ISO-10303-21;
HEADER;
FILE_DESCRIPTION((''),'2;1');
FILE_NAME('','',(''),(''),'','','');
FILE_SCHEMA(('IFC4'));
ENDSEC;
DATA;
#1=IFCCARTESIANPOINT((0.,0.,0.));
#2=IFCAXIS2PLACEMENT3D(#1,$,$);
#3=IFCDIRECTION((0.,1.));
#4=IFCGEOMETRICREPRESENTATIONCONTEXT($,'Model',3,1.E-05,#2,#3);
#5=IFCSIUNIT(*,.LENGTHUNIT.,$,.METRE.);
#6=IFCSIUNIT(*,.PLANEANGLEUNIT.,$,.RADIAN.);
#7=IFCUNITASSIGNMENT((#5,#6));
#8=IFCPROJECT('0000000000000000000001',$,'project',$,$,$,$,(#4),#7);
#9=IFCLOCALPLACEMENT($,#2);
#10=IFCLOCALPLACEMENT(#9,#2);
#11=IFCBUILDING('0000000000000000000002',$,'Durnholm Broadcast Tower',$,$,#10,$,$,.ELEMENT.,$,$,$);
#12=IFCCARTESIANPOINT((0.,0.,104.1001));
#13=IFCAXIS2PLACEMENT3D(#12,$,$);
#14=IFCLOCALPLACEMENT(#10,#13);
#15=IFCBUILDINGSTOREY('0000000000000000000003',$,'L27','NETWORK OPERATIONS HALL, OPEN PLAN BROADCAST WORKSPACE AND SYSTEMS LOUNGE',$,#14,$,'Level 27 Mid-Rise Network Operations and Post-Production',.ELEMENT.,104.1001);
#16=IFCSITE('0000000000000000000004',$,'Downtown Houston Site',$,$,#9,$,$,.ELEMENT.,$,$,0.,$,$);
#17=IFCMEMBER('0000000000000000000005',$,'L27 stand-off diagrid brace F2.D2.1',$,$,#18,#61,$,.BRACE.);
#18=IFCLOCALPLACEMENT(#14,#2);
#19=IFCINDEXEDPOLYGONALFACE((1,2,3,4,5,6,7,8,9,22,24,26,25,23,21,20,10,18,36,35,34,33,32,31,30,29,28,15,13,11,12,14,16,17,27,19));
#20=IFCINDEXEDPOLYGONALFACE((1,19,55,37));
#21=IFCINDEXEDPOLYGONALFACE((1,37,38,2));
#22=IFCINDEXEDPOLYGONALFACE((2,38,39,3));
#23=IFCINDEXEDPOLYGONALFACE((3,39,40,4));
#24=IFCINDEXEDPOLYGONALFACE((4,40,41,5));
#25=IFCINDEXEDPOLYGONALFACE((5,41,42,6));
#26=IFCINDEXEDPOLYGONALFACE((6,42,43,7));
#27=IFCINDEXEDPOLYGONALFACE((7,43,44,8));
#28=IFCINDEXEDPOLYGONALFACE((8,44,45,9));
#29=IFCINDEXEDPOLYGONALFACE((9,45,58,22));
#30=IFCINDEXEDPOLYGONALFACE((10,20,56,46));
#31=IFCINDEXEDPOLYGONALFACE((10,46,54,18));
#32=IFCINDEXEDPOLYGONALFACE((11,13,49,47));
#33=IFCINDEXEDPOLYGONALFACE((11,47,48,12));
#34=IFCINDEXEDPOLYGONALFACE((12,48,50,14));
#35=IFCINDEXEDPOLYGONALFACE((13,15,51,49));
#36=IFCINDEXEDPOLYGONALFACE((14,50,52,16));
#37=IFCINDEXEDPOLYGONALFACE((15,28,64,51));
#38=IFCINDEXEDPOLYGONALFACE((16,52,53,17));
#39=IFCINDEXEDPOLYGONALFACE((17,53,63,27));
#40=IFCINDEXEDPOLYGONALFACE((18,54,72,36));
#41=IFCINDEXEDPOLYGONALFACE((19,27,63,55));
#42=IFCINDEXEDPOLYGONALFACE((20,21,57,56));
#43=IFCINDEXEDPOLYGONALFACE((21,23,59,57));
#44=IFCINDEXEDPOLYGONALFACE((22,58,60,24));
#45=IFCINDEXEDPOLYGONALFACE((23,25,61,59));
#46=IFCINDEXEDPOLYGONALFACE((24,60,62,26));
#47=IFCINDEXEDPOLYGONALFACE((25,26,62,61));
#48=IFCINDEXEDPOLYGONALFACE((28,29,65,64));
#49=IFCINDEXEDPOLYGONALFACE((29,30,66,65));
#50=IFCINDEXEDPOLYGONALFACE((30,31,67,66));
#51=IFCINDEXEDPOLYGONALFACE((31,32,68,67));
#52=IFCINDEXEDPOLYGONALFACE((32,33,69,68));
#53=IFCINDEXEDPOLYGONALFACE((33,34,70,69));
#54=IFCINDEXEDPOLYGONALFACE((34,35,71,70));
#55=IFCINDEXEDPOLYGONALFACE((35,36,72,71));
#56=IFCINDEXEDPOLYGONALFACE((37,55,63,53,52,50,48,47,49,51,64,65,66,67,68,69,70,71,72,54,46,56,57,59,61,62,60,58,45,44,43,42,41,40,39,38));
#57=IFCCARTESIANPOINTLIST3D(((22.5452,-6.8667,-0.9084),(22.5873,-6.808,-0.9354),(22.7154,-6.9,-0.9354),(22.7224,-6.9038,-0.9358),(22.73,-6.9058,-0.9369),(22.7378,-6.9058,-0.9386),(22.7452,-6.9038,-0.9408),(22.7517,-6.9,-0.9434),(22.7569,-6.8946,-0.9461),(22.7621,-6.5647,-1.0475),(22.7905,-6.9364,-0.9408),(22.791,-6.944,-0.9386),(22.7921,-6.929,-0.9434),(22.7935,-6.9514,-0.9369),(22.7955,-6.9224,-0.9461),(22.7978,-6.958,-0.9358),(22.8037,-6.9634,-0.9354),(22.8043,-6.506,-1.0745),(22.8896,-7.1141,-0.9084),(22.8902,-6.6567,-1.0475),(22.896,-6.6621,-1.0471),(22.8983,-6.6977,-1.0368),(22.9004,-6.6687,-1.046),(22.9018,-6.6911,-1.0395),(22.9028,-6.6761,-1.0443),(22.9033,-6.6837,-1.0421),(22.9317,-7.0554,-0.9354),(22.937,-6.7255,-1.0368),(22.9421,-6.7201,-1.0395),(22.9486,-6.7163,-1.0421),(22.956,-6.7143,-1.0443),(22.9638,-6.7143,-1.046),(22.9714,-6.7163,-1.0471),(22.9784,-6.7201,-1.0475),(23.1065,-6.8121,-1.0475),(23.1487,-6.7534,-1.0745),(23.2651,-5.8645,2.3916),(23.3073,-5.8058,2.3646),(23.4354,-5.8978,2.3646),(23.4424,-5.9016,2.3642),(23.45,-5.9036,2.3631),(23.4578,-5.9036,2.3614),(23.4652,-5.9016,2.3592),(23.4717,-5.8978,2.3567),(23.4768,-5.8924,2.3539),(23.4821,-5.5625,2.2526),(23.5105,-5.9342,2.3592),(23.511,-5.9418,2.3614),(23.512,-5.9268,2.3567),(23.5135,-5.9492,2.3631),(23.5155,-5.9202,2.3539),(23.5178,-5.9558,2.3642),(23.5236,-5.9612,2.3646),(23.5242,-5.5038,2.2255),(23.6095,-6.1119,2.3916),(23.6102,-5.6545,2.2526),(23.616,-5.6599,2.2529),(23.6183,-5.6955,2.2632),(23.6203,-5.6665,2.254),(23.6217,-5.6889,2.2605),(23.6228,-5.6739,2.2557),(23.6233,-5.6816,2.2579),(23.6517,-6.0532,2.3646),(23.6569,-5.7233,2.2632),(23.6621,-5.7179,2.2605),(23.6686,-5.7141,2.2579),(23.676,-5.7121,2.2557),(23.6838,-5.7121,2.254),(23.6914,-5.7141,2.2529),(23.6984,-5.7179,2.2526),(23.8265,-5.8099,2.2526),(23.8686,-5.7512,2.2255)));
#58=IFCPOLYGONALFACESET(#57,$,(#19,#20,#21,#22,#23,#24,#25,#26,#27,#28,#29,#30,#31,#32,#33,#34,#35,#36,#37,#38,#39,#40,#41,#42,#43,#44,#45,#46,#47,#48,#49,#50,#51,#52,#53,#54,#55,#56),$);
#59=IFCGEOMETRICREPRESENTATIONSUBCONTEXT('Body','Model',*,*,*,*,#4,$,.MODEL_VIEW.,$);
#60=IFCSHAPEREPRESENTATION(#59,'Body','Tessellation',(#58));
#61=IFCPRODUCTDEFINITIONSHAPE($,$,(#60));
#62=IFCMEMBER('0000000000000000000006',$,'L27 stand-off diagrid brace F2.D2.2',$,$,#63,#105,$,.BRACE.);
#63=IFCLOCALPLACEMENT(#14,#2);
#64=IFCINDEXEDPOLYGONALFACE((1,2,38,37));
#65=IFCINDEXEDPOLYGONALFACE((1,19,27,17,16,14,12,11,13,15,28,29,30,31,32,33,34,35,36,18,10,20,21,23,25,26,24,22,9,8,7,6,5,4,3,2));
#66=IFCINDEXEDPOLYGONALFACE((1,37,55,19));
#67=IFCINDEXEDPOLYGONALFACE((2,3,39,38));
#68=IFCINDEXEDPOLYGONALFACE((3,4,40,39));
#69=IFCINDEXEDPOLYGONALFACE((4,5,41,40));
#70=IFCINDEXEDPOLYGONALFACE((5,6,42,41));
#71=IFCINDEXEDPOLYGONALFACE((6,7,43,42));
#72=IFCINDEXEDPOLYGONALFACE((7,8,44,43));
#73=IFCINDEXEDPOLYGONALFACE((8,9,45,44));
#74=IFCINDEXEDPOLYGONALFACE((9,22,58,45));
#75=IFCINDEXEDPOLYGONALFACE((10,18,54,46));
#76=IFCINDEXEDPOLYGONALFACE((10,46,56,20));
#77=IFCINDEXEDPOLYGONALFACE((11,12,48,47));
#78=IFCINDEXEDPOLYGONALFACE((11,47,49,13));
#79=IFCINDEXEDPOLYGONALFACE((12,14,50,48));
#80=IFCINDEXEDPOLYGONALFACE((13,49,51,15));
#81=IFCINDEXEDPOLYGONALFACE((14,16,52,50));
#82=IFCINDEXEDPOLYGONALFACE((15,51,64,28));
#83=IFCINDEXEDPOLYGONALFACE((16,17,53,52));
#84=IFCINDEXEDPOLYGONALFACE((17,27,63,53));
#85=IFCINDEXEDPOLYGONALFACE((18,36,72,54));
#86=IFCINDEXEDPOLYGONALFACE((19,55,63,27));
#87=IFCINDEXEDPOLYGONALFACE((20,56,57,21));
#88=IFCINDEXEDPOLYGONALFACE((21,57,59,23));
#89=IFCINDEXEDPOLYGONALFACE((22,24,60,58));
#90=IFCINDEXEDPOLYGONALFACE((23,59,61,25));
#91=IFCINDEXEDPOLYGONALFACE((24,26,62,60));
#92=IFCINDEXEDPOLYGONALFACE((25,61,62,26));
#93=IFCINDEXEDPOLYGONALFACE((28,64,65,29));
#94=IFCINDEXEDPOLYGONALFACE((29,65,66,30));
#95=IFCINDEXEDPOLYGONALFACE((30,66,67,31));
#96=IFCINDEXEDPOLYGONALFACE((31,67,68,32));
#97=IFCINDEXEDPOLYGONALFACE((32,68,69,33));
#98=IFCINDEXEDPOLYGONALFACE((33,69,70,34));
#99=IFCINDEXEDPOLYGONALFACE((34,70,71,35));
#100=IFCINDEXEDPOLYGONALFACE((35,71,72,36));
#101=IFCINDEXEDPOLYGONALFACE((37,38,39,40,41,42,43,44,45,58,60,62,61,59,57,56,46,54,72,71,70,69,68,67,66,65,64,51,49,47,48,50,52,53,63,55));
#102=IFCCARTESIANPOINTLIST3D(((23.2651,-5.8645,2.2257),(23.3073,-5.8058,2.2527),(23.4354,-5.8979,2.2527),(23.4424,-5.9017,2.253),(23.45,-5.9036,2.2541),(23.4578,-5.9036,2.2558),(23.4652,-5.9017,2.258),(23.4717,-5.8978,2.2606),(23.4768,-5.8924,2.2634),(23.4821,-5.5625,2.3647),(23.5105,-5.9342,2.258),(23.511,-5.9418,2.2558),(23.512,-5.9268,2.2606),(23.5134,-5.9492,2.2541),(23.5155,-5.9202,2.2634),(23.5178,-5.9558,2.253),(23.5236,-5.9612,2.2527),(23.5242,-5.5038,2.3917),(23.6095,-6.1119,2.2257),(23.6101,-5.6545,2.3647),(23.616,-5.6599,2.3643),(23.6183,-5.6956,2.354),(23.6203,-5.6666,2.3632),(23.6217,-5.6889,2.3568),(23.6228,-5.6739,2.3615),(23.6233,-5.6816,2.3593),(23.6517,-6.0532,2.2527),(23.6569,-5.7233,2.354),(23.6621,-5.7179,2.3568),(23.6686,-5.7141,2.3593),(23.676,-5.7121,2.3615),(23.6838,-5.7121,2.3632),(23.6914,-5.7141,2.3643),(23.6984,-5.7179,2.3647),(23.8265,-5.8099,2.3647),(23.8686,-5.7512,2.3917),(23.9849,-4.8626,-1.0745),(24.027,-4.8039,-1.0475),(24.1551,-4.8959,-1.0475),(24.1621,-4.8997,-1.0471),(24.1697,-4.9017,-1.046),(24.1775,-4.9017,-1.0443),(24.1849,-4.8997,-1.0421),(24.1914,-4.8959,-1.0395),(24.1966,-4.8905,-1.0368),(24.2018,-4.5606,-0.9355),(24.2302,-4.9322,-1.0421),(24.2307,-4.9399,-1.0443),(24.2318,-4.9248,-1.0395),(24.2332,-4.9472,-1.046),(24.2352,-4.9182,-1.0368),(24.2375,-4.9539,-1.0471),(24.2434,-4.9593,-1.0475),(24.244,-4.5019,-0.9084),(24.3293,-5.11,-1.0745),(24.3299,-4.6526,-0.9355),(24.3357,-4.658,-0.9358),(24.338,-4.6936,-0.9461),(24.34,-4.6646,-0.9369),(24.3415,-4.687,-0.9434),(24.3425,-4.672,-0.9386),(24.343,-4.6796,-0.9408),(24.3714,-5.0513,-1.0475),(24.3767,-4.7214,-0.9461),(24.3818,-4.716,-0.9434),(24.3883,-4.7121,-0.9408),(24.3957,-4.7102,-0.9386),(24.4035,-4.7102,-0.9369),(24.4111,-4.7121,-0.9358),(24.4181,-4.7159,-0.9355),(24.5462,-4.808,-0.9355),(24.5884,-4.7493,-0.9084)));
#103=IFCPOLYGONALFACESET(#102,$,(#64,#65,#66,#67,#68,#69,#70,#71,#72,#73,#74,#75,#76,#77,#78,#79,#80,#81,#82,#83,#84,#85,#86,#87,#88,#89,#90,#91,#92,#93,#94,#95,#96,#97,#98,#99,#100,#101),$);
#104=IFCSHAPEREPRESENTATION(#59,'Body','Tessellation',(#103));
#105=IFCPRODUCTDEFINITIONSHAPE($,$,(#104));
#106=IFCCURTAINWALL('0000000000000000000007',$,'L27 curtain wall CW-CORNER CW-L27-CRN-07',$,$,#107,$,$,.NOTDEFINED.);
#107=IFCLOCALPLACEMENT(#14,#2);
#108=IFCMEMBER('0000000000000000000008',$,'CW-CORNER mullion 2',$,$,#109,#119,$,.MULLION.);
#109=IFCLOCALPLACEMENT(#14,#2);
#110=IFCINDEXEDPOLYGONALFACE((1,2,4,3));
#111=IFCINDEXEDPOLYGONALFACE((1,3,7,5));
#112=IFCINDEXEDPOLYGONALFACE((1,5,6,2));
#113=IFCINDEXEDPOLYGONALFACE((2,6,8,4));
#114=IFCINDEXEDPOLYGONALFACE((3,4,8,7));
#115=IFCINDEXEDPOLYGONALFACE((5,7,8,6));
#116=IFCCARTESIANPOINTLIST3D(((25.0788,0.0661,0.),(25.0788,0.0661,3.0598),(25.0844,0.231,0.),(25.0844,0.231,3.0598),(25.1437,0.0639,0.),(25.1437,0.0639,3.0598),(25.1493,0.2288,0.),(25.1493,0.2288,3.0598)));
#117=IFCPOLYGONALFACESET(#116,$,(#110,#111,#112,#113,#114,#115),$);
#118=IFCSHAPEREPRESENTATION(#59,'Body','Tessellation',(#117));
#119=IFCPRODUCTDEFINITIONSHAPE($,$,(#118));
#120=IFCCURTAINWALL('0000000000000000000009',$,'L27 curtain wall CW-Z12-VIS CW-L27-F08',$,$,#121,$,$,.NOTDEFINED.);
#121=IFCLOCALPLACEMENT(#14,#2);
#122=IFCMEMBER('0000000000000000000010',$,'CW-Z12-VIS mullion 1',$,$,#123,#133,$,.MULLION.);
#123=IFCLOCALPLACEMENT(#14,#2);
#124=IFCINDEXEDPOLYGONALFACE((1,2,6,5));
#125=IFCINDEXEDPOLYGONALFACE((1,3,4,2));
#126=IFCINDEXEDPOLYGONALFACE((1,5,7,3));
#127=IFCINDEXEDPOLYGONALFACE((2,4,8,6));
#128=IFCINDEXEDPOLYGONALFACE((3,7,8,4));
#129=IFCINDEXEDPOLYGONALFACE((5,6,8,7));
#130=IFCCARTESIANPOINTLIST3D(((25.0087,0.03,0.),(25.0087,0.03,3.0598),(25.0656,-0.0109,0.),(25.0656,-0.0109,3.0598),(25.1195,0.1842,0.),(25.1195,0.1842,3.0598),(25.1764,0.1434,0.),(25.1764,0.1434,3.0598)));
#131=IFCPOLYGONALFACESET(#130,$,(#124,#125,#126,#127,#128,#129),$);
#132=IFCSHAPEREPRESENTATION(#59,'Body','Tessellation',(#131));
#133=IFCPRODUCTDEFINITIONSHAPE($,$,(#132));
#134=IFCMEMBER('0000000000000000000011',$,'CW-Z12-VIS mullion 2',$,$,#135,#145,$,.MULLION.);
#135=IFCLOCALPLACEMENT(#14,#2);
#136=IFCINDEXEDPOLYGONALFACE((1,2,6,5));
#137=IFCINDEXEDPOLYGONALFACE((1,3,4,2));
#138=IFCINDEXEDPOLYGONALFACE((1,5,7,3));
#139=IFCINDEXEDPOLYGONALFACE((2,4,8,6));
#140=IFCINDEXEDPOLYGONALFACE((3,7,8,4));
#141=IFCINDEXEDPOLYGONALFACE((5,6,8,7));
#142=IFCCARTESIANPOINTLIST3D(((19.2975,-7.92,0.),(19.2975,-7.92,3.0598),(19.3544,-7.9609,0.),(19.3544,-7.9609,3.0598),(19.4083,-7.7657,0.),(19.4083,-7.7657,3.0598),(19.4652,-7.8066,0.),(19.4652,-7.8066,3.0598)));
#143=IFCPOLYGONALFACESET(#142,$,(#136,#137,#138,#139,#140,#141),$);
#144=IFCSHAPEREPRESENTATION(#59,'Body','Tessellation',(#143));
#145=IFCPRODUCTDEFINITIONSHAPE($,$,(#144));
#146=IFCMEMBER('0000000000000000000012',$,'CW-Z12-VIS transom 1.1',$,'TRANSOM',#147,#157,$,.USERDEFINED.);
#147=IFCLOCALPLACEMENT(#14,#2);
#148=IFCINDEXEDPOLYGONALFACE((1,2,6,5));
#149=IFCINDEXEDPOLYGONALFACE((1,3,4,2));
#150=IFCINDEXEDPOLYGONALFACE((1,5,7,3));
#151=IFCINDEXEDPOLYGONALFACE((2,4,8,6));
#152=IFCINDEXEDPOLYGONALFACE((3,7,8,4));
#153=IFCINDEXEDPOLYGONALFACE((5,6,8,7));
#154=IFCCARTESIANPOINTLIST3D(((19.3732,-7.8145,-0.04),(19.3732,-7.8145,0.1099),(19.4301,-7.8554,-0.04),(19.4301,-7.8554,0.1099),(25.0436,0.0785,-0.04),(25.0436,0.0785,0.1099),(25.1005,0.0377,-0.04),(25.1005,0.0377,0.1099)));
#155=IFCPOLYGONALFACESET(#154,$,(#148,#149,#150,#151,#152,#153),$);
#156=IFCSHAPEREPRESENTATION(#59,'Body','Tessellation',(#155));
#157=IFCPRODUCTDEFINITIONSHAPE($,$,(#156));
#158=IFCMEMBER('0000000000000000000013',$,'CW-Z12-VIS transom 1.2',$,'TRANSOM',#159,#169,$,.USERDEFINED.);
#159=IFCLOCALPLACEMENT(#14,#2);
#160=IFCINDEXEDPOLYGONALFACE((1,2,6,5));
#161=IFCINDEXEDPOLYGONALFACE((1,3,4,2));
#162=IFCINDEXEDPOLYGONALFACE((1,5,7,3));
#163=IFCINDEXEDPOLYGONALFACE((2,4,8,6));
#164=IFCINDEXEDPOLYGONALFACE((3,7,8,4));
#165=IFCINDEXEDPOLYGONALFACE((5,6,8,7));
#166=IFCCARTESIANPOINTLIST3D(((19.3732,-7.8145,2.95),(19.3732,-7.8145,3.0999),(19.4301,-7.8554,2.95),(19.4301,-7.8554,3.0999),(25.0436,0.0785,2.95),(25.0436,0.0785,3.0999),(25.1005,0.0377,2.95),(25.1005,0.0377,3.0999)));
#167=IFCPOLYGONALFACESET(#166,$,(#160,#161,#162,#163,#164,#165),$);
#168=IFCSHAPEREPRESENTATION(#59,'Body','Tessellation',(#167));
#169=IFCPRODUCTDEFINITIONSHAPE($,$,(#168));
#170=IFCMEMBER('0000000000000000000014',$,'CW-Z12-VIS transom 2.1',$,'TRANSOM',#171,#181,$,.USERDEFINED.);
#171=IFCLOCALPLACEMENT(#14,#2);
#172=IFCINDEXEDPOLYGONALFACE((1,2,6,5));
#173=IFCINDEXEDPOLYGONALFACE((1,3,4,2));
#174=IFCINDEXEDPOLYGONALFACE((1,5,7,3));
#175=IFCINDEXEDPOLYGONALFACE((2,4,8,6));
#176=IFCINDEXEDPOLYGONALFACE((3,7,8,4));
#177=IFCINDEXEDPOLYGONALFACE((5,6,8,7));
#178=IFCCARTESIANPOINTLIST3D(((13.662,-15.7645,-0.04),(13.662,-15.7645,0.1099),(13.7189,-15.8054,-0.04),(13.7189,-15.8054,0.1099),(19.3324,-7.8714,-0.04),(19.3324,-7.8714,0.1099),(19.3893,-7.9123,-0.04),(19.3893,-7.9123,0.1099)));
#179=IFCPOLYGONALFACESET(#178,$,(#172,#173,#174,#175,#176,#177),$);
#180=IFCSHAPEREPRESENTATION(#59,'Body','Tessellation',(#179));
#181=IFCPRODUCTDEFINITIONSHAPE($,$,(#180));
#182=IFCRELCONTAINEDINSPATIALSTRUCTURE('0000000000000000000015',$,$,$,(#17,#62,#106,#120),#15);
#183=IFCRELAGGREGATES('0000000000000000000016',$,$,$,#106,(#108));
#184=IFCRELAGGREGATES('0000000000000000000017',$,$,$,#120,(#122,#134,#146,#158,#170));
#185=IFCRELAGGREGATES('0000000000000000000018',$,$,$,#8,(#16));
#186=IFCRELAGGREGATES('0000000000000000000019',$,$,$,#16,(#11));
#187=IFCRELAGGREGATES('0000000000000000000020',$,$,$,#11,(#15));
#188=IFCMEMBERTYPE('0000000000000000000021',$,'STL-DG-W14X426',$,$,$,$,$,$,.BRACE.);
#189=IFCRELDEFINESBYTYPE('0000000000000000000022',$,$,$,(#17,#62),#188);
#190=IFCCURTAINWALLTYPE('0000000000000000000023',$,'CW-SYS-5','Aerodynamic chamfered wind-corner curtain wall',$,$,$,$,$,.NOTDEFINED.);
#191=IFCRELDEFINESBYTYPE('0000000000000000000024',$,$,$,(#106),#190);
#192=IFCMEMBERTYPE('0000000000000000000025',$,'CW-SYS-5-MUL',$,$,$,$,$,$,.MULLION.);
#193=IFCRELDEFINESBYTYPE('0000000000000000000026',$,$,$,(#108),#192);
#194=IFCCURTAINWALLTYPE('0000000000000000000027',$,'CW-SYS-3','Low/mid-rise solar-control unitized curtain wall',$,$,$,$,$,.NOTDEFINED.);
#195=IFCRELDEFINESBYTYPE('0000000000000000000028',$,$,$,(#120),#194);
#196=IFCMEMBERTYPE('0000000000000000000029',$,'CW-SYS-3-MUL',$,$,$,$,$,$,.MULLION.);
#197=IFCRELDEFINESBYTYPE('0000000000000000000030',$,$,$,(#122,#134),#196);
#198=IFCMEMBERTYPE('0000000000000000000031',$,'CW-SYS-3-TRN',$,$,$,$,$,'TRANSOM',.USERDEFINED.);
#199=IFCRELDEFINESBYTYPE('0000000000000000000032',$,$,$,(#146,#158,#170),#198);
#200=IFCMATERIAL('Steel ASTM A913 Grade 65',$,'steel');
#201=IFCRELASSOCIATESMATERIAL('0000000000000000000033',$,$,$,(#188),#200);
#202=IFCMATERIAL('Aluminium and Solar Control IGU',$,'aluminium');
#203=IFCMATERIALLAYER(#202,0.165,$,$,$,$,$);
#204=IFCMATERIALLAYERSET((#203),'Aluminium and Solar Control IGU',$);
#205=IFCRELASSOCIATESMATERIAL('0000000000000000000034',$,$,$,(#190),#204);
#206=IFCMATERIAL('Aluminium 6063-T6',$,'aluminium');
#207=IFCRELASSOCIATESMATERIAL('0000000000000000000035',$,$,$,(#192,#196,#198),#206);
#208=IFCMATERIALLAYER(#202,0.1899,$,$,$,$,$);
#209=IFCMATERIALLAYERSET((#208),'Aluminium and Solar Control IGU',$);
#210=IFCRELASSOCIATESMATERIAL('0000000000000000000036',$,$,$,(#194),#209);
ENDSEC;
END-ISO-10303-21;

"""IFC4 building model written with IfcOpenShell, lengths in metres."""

from ifc_helpers import new_model, si_unit, direction, frame, origin, origin_2d, place, context, subcontext, project, spatial, rectangle, i_section, extrude, source, transform, mapped, material, layer, layer_set, material_profile, profile_set, type_object, type_shapes, element, aggregate, save


model = new_model("IFC4")

# Units and contexts
model_context = context("Model", 3, precision=1e-05, world=origin(), true_north=direction((0.0, 1.0)))
body_context = subcontext(model_context, "Body", "Model", "MODEL_VIEW")
ifc_project = project(units=[si_unit("LENGTHUNIT", "METRE"), si_unit("PLANEANGLEUNIT", "RADIAN")], contexts=[model_context])

# Site, building, storey
site_placement = place(None, origin())
site = spatial("IfcSite", under=ifc_project, at=site_placement, Name="Downtown Houston Site", CompositionType="ELEMENT", RefElevation=0.0)
building_placement = place(site_placement, origin())
building = spatial("IfcBuilding", under=site, at=building_placement, Name="Durnholm Broadcast Tower", CompositionType="ELEMENT")
storey_placement = place(building_placement, frame((0.0, 0.0, 104.1001)))
storey = spatial("IfcBuildingStorey", under=building, at=storey_placement, Name="L27", Description="NETWORK OPERATIONS HALL, OPEN PLAN BROADCAST WORKSPACE AND SYSTEMS LOUNGE", LongName="Level 27 Mid-Rise Network Operations and Post-Production", CompositionType="ELEMENT", Elevation=104.1001)

# Members
ifc_material_1 = material(Name="Steel ASTM A913 Grade 65", Category="steel")
ifc_material_profile_1 = material_profile(ifc_material_1, i_section(OverallWidth=0.4241, OverallDepth=0.4741, WebThickness=0.0476, FlangeThickness=0.0771, FilletRadius=0.0305, at=origin_2d()), Name="W14X426")
ifc_profile_set_1 = profile_set([ifc_material_profile_1], Name="Steel ASTM A913 Grade 65")
member_type_1 = type_object("IfcMemberType", Name="STL-DG-W14X426", PredefinedType="BRACE", material=ifc_profile_set_1)
shared_shape_1 = source(origin(), body_context, "Body", "SweptSolid", [
    extrude(i_section(OverallWidth=0.4241, OverallDepth=0.4741, WebThickness=0.0476, FlangeThickness=0.0771, FilletRadius=0.0305, at=origin_2d()), origin(), (0.0, 0.0, 1.0), 3.5232),
])
type_shapes(member_type_1, [shared_shape_1])
for number, where, z_axis, x_axis, name in (
    (1, (22.8469, -6.8101, -0.9915), (0.20435, 0.284455, 0.936657), (-0.812153, 0.583444, 0.0), "L27 stand-off diagrid brace F2.D2.1"),
    (2, (24.2866, -4.8059, -0.9915), (-0.204288, -0.284395, 0.936689), (0.812179, -0.583408, 0.0), "L27 stand-off diagrid brace F2.D2.2"),
):
    element("IfcMember", number, at=place(storey_placement, frame(where, z_axis=z_axis, x_axis=x_axis)), inside=storey, type_object=member_type_1, Name=name, PredefinedType="BRACE", context=body_context, shape_type="MappedRepresentation", body=[
        mapped(shared_shape_1, transform((0.0, 0.0, 0.0), x_axis=(1.0, 0.0, 0.0), y_axis=(0.0, 1.0, 0.0), z_axis=(0.0, 0.0, 1.0), scale=1.0)),
    ])

# Curtain wall, member
ifc_material_2 = material(Name="Aluminium and Solar Control IGU", Category="aluminium")
ifc_layer_1 = layer(ifc_material_2, 0.165)
ifc_layer_set_1 = layer_set([ifc_layer_1], Name="Aluminium and Solar Control IGU")
curtain_wall_type_1 = type_object("IfcCurtainWallType", Name="CW-SYS-5", Description="Aerodynamic chamfered wind-corner curtain wall", PredefinedType="NOTDEFINED", material=ifc_layer_set_1)
curtain_wall_1_placement = place(storey_placement, origin())
curtain_wall_1 = element("IfcCurtainWall", 3, at=curtain_wall_1_placement, inside=storey, type_object=curtain_wall_type_1, Name="L27 curtain wall CW-CORNER CW-L27-CRN-07", PredefinedType="NOTDEFINED")
ifc_material_3 = material(Name="Aluminium 6063-T6", Category="aluminium")
ifc_material_profile_2 = material_profile(ifc_material_3, rectangle(XDim=0.0649, YDim=0.165, at=origin_2d()), Name="CWM65X165")
ifc_profile_set_2 = profile_set([ifc_material_profile_2], Name="Aluminium 6063-T6")
member_type_2 = type_object("IfcMemberType", Name="CW-SYS-5-MUL", PredefinedType="MULLION", material=ifc_profile_set_2)
shared_shape_2 = source(origin(), body_context, "Body", "SweptSolid", [
    extrude(rectangle(XDim=0.0649, YDim=0.165, at=origin_2d()), origin(), (0.0, 0.0, 1.0), 3.0598),
])
type_shapes(member_type_2, [shared_shape_2])
member_1_placement = place(storey_placement, frame((25.114, 0.1475, 0.0), z_axis=(0.0, 0.0, 1.0), x_axis=(0.999425, -0.033917, 0.0)))
member_1 = element("IfcMember", 4, at=member_1_placement, type_object=member_type_2, Name="CW-CORNER mullion 2", PredefinedType="MULLION", context=body_context, shape_type="MappedRepresentation", body=[
    mapped(shared_shape_2, transform((0.0, 0.0, 0.0), x_axis=(1.0, 0.0, 0.0), y_axis=(0.0, 1.0, 0.0), z_axis=(0.0, 0.0, 1.0), scale=1.0)),
])
aggregate(curtain_wall_1, [member_1])

# Curtain wall, members
ifc_layer_2 = layer(ifc_material_2, 0.1899)
ifc_layer_set_2 = layer_set([ifc_layer_2], Name="Aluminium and Solar Control IGU")
curtain_wall_type_2 = type_object("IfcCurtainWallType", Name="CW-SYS-3", Description="Low/mid-rise solar-control unitized curtain wall", PredefinedType="NOTDEFINED", material=ifc_layer_set_2)
curtain_wall_2_placement = place(storey_placement, origin())
curtain_wall_2 = element("IfcCurtainWall", 5, at=curtain_wall_2_placement, inside=storey, type_object=curtain_wall_type_2, Name="L27 curtain wall CW-Z12-VIS CW-L27-F08", PredefinedType="NOTDEFINED")
ifc_material_profile_3 = material_profile(ifc_material_3, rectangle(XDim=0.0701, YDim=0.1899, at=origin_2d()), Name="CWM70X190")
ifc_profile_set_3 = profile_set([ifc_material_profile_3], Name="Aluminium 6063-T6")
member_type_3 = type_object("IfcMemberType", Name="CW-SYS-3-MUL", PredefinedType="MULLION", material=ifc_profile_set_3)
shared_shape_3 = source(origin(), body_context, "Body", "SweptSolid", [
    extrude(rectangle(XDim=0.0701, YDim=0.1899, at=origin_2d()), origin(), (0.0, 0.0, 1.0), 3.0598),
])
type_shapes(member_type_3, [shared_shape_3])
member_2_placement = place(storey_placement, frame((25.0925, 0.0867, 0.0), z_axis=(0.0, 0.0, 1.0), x_axis=(0.812152, -0.583445, 0.0)))
member_2 = element("IfcMember", 6, at=member_2_placement, type_object=member_type_3, Name="CW-Z12-VIS mullion 1", PredefinedType="MULLION", context=body_context, shape_type="MappedRepresentation", body=[
    mapped(shared_shape_3, transform((0.0, 0.0, 0.0), x_axis=(1.0, 0.0, 0.0), y_axis=(0.0, 1.0, 0.0), z_axis=(0.0, 0.0, 1.0), scale=1.0)),
])
member_3_placement = place(storey_placement, frame((19.3813, -7.8633, 0.0), z_axis=(0.0, 0.0, 1.0), x_axis=(0.812152, -0.583445, 0.0)))
member_3 = element("IfcMember", 7, at=member_3_placement, type_object=member_type_3, Name="CW-Z12-VIS mullion 2", PredefinedType="MULLION", context=body_context, shape_type="MappedRepresentation", body=[
    mapped(shared_shape_3, transform((0.0, 0.0, 0.0), x_axis=(1.0, 0.0, 0.0), y_axis=(0.0, 1.0, 0.0), z_axis=(0.0, 0.0, 1.0), scale=1.0)),
])
ifc_material_profile_4 = material_profile(ifc_material_3, rectangle(XDim=0.0701, YDim=0.1499, at=origin_2d()), Name="CWT70X150")
ifc_profile_set_4 = profile_set([ifc_material_profile_4], Name="Aluminium 6063-T6")
member_type_4 = type_object("IfcMemberType", Name="CW-SYS-3-TRN", ElementType="TRANSOM", PredefinedType="USERDEFINED", material=ifc_profile_set_4)
shared_shape_4 = source(origin(), body_context, "Body", "SweptSolid", [
    extrude(rectangle(XDim=0.0701, YDim=0.1499, at=origin_2d()), origin(), (0.0, 0.0, 1.0), 9.7188),
])
type_shapes(member_type_4, [shared_shape_4])
member_4_placement = place(storey_placement, frame((25.072, 0.0581, 0.0349), z_axis=(-0.583451, -0.812149, 0.0), x_axis=(0.812149, -0.583451, 0.0)))
member_4 = element("IfcMember", 8, at=member_4_placement, type_object=member_type_4, Name="CW-Z12-VIS transom 1.1", ObjectType="TRANSOM", PredefinedType="USERDEFINED", context=body_context, shape_type="MappedRepresentation", body=[
    mapped(shared_shape_4, transform((0.0, 0.0, 0.0), x_axis=(1.0, 0.0, 0.0), y_axis=(0.0, 1.0, 0.0), z_axis=(0.0, 0.0, 1.0), scale=1.0)),
])
member_5_placement = place(storey_placement, frame((25.072, 0.0581, 3.0249), z_axis=(-0.583451, -0.812149, 0.0), x_axis=(0.812149, -0.583451, 0.0)))
member_5 = element("IfcMember", 9, at=member_5_placement, type_object=member_type_4, Name="CW-Z12-VIS transom 1.2", ObjectType="TRANSOM", PredefinedType="USERDEFINED", context=body_context, shape_type="MappedRepresentation", body=[
    mapped(shared_shape_4, transform((0.0, 0.0, 0.0), x_axis=(1.0, 0.0, 0.0), y_axis=(0.0, 1.0, 0.0), z_axis=(0.0, 0.0, 1.0), scale=1.0)),
])
member_6_placement = place(storey_placement, frame((19.3608, -7.8918, 0.0349), z_axis=(-0.583451, -0.812149, 0.0), x_axis=(0.812149, -0.583451, 0.0)))
member_6 = element("IfcMember", 10, at=member_6_placement, type_object=member_type_4, Name="CW-Z12-VIS transom 2.1", ObjectType="TRANSOM", PredefinedType="USERDEFINED", context=body_context, shape_type="MappedRepresentation", body=[
    mapped(shared_shape_4, transform((0.0, 0.0, 0.0), x_axis=(1.0, 0.0, 0.0), y_axis=(0.0, 1.0, 0.0), z_axis=(0.0, 0.0, 1.0), scale=1.0)),
])

aggregate(curtain_wall_2, [member_2, member_3, member_4, member_5, member_6])

save(model, "model.ifc")
